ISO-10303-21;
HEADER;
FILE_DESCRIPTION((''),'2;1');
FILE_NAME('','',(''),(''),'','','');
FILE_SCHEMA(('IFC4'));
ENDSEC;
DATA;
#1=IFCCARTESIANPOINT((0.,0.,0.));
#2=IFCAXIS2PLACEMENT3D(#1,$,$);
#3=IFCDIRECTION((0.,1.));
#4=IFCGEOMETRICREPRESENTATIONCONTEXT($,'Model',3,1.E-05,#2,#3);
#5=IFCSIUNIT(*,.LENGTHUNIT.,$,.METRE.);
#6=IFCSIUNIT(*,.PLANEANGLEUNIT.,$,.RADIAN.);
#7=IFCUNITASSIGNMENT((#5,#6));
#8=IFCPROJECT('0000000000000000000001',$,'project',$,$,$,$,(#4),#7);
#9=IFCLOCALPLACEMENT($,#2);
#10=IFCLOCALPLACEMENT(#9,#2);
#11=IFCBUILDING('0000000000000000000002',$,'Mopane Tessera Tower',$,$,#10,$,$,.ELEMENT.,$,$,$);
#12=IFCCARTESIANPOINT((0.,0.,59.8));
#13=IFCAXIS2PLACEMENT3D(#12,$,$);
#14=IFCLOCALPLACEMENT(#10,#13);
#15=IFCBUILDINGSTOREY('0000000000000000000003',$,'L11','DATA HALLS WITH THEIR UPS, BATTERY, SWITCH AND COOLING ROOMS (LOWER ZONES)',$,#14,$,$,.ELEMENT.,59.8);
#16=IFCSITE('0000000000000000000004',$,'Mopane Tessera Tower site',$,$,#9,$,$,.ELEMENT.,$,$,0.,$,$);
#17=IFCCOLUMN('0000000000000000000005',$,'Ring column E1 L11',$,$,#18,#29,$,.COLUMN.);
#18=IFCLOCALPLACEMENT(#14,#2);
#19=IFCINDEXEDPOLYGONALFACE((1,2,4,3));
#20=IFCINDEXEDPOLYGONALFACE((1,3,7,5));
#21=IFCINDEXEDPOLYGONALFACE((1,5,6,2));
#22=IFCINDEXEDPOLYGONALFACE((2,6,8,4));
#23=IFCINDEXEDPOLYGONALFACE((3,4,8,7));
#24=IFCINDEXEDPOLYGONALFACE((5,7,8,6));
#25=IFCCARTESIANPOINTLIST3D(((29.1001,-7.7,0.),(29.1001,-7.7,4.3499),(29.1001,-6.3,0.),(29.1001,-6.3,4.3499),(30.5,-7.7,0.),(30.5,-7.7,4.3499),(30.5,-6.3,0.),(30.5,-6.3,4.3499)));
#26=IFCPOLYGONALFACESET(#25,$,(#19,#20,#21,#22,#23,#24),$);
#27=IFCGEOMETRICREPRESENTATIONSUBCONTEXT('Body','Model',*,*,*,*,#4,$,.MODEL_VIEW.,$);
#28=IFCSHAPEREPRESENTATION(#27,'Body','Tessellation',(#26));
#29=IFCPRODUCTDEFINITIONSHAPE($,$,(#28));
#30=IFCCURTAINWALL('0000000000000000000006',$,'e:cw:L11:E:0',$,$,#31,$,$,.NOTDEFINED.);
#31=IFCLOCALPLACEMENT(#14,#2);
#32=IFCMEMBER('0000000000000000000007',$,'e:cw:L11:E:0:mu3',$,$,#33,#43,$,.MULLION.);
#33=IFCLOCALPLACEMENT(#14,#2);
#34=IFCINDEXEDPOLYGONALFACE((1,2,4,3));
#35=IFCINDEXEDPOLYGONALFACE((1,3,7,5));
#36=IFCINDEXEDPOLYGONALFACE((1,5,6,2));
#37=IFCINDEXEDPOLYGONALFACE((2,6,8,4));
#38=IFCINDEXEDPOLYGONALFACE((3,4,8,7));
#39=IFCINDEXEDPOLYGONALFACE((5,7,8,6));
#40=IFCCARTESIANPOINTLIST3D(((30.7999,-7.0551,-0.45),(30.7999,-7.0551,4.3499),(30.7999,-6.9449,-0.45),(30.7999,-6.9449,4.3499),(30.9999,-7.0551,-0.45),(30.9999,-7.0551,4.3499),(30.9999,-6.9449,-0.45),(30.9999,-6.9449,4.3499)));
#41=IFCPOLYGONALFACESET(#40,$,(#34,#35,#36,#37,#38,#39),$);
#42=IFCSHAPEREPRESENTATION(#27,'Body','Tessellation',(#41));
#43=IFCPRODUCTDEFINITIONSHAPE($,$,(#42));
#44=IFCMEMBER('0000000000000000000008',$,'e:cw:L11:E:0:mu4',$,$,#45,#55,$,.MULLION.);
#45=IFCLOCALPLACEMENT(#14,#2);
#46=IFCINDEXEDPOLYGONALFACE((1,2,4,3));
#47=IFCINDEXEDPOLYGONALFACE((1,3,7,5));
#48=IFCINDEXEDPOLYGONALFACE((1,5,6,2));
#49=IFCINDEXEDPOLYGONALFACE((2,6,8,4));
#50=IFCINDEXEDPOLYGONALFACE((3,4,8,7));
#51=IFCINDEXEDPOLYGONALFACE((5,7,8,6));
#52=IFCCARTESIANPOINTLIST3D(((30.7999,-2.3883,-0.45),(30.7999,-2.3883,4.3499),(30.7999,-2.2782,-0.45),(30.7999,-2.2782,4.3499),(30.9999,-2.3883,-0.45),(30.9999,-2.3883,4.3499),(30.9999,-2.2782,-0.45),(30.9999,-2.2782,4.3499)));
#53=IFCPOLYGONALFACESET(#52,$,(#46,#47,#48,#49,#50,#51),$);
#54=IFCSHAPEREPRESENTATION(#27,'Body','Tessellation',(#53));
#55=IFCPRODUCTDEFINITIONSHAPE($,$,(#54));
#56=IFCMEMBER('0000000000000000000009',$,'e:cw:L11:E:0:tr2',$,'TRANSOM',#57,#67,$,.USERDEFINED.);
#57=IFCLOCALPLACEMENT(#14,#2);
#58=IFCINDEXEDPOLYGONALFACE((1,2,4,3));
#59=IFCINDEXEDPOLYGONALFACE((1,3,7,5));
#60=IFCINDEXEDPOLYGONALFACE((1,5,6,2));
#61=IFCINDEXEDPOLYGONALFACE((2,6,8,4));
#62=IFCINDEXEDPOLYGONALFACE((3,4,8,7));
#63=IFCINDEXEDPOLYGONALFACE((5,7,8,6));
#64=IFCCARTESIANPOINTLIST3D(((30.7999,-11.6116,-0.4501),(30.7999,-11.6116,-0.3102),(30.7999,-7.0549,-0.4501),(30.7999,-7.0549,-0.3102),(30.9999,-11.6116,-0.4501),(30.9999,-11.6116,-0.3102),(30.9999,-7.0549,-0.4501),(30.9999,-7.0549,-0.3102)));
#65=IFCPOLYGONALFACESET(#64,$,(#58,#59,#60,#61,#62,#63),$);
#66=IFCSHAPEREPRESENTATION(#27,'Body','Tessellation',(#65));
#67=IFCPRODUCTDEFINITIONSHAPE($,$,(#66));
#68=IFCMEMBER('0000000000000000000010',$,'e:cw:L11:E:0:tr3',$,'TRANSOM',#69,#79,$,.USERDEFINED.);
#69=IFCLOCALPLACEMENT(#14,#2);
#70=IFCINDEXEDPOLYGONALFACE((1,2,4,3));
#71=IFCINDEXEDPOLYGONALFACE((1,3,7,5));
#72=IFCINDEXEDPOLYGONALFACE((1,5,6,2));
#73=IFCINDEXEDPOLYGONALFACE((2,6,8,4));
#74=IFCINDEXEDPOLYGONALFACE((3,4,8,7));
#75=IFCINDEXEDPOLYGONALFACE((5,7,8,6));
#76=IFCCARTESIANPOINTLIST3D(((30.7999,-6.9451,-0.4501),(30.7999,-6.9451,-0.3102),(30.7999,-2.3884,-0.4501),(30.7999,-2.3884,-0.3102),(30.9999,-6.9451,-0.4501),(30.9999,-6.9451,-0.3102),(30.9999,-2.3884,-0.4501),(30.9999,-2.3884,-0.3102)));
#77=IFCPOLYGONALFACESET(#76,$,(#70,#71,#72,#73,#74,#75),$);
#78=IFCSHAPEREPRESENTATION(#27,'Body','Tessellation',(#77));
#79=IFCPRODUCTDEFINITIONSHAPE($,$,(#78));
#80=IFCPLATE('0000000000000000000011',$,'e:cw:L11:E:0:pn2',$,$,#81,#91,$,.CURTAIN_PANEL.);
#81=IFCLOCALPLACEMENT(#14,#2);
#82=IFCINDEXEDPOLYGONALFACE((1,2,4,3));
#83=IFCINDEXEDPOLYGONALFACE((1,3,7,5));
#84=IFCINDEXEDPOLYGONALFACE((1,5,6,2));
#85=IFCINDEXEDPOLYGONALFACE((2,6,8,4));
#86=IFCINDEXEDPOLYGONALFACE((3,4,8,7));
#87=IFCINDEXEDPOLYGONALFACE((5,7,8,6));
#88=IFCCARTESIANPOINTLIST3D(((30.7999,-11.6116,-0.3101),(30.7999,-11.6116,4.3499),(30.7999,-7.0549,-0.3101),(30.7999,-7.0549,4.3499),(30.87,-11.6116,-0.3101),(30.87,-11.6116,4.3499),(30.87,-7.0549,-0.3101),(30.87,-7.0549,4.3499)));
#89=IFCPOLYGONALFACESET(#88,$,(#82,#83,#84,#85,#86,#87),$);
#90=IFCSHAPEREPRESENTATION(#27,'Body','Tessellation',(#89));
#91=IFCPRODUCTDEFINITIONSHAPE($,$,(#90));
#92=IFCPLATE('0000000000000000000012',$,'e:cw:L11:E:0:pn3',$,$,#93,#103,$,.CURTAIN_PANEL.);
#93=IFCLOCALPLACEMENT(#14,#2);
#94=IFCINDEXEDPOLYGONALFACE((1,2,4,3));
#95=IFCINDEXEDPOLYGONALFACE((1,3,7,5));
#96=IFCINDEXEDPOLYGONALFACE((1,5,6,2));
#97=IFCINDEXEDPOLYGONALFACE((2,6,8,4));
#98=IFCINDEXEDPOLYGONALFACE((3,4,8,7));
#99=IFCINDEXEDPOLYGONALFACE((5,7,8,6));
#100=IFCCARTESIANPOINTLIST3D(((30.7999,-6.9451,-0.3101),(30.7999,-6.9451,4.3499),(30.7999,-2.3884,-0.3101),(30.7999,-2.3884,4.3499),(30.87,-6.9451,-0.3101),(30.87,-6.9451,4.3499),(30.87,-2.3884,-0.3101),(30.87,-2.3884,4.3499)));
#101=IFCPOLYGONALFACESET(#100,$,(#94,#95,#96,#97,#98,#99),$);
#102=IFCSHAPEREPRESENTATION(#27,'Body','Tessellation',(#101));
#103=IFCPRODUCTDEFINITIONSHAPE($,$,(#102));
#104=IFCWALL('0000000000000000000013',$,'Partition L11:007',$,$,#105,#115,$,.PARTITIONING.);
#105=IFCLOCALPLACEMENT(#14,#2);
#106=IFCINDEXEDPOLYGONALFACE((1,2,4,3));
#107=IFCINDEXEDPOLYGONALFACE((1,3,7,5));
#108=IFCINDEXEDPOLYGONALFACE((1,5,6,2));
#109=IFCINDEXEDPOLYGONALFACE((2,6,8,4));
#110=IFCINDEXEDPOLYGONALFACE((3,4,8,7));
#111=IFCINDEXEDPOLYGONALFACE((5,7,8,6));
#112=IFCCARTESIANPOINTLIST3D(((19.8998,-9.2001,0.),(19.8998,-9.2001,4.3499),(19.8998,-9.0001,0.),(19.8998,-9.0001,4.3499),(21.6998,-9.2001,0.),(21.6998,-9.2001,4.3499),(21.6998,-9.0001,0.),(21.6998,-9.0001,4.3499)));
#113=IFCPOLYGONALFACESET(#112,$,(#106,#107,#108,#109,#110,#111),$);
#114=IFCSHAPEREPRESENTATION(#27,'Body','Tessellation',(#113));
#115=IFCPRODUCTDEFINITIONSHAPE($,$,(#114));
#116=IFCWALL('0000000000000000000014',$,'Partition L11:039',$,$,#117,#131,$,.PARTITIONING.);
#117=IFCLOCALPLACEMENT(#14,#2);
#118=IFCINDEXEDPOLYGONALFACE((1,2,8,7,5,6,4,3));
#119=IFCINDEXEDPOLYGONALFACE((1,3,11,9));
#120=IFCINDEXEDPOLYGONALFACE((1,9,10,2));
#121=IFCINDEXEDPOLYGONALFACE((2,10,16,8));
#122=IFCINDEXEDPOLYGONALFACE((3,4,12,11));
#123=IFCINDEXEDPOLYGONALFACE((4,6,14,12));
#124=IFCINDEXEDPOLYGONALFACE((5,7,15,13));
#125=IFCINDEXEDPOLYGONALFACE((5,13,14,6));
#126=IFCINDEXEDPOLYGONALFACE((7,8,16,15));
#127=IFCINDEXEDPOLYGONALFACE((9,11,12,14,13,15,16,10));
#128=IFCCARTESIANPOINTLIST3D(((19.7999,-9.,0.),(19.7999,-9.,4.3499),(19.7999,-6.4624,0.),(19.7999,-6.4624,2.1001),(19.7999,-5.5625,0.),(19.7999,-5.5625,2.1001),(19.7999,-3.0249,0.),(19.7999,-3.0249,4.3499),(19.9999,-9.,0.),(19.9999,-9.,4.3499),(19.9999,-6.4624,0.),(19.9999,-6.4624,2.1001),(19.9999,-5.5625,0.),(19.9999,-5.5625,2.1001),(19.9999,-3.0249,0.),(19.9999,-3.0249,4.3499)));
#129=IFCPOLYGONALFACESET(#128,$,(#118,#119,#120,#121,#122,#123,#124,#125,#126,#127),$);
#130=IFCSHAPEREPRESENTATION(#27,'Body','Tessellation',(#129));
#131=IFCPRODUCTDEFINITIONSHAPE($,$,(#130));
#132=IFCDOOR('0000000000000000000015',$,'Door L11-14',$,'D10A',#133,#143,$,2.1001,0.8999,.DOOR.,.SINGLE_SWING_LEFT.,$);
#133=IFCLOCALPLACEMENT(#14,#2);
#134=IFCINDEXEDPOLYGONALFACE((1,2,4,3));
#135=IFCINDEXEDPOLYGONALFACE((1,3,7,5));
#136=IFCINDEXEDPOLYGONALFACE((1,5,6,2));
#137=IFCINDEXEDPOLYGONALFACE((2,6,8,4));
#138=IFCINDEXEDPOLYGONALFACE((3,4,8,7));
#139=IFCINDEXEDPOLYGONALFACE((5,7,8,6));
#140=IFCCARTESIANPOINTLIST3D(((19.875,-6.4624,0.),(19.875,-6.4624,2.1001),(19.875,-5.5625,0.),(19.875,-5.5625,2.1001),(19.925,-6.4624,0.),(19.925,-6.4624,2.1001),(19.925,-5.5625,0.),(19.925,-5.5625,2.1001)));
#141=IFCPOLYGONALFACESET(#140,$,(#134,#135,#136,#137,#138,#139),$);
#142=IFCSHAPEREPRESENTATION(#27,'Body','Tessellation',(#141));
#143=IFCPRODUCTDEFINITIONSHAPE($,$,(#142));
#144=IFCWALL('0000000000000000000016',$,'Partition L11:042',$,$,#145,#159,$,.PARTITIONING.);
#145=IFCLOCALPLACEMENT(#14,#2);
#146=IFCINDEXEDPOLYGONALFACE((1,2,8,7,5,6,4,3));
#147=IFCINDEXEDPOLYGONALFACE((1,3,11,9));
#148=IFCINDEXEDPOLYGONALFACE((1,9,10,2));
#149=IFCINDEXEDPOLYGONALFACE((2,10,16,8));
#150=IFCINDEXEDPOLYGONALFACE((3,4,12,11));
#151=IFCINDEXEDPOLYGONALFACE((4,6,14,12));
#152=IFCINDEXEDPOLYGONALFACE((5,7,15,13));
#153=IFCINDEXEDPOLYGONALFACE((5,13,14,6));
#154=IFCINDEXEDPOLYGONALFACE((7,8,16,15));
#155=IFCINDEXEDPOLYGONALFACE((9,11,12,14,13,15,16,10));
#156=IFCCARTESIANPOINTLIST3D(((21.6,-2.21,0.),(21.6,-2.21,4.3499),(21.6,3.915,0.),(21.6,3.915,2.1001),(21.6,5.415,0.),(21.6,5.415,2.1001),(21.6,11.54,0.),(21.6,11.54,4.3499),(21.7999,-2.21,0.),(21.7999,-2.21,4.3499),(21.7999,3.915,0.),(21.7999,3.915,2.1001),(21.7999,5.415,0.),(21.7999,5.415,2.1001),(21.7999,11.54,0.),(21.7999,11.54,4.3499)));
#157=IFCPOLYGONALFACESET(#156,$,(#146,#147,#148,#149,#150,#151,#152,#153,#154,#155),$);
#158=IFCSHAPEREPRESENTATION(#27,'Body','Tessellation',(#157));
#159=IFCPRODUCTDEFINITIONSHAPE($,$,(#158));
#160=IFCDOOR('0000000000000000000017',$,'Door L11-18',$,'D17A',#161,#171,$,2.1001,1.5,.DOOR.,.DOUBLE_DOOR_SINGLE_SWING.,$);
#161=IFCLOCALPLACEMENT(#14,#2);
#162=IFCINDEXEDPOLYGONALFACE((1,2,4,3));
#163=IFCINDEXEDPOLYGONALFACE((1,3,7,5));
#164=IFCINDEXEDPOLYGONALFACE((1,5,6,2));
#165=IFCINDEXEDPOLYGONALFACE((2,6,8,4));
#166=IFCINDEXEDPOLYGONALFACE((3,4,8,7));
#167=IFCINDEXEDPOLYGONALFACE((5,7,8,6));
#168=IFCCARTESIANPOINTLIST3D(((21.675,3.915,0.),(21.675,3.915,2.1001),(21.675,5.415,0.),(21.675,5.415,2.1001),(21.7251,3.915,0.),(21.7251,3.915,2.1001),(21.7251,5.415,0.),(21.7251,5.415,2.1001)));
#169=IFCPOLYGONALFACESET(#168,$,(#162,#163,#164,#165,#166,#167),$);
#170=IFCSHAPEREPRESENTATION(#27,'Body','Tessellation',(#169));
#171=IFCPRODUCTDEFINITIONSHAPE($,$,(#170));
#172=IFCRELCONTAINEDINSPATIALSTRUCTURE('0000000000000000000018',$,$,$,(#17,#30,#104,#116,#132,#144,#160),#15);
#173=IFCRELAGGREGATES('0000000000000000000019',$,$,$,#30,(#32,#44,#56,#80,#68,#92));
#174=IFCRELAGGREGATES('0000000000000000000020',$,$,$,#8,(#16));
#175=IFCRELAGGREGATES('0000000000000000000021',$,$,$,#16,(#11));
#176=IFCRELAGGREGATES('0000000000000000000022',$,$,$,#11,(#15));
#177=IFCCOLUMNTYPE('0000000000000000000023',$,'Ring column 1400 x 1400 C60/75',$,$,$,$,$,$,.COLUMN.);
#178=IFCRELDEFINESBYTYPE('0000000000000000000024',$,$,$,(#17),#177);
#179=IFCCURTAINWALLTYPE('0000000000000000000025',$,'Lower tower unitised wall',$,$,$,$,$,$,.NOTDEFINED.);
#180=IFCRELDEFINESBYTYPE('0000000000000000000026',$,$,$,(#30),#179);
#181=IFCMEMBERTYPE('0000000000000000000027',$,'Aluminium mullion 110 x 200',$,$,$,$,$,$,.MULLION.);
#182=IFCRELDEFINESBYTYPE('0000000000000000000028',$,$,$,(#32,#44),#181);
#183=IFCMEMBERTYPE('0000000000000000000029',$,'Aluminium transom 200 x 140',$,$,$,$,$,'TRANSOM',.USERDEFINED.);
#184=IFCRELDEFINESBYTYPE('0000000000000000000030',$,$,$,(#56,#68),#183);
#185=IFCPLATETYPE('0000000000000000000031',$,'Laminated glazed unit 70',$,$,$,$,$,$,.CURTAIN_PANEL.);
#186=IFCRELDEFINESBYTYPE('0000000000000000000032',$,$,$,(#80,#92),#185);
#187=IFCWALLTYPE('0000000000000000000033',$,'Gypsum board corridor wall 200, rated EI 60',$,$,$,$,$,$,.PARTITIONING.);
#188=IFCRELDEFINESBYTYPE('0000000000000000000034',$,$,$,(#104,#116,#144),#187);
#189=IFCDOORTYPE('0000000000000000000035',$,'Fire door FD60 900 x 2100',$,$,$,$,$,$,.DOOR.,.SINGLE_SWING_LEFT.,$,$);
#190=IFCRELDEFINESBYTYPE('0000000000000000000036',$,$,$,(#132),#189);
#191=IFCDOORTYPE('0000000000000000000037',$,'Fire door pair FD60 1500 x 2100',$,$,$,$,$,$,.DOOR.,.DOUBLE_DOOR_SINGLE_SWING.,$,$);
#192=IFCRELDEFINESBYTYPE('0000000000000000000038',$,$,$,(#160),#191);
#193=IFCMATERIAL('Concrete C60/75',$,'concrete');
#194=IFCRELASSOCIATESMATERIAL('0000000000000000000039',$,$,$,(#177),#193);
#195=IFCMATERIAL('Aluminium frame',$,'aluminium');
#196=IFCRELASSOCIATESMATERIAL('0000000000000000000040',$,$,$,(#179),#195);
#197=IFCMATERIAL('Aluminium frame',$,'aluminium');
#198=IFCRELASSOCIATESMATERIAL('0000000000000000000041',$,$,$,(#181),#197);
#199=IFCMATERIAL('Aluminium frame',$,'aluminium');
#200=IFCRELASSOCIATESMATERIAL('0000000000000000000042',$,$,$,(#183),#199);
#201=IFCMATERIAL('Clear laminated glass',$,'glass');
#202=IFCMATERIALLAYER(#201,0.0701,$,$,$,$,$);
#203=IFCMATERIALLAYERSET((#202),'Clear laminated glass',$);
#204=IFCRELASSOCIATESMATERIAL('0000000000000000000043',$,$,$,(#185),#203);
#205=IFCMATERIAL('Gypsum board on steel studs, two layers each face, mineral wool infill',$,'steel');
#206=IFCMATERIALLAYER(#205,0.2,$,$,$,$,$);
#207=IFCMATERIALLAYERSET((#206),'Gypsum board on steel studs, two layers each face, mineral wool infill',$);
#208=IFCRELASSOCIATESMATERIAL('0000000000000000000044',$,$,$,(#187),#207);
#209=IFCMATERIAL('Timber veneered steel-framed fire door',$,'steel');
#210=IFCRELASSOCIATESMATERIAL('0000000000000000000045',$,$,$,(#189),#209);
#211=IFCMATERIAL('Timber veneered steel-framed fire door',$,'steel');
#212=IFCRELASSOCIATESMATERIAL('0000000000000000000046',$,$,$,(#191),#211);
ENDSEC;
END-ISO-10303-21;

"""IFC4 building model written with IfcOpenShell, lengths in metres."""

from ifc_helpers import new_model, si_unit, direction, frame, frame_2d, origin, origin_2d, place, context, subcontext, project, spatial, rectangle, extrude, material, layer, layer_set, material_profile, profile_set, type_object, element, fill, aggregate, save


model = new_model("IFC4")

# Units and contexts
model_context = context("Model", 3, precision=1e-05, world=origin(), true_north=direction((0.0, 1.0)))
body_context = subcontext(model_context, "Body", "Model", "MODEL_VIEW")
ifc_project = project(units=[si_unit("LENGTHUNIT", "METRE"), si_unit("PLANEANGLEUNIT", "RADIAN")], contexts=[model_context])

# Site, building, storey
site_placement = place(None, origin())
site = spatial("IfcSite", under=ifc_project, at=site_placement, Name="Mopane Tessera Tower site", CompositionType="ELEMENT", RefElevation=0.0)
building_placement = place(site_placement, origin())
building = spatial("IfcBuilding", under=site, at=building_placement, Name="Mopane Tessera Tower", CompositionType="ELEMENT")
storey_placement = place(building_placement, frame((0.0, 0.0, 59.8)))
storey = spatial("IfcBuildingStorey", under=building, at=storey_placement, Name="L11", Description="DATA HALLS WITH THEIR UPS, BATTERY, SWITCH AND COOLING ROOMS (LOWER ZONES)", CompositionType="ELEMENT", Elevation=59.8)

# Column
ifc_material_1 = material(Name="Concrete C60/75", Category="concrete")
ifc_material_profile_1 = material_profile(ifc_material_1, rectangle(XDim=1.3999, YDim=1.3999, at=origin_2d()))
ifc_profile_set_1 = profile_set([ifc_material_profile_1], Name="Concrete C60/75")
column_type = type_object("IfcColumnType", Name="Ring column 1400 x 1400 C60/75", PredefinedType="COLUMN", material=ifc_profile_set_1)
column_placement = place(storey_placement, frame((29.8, -7.0, 0.0), z_axis=(0.0, 0.0, 1.0), x_axis=(1.0, 0.0, 0.0)))
element("IfcColumn", 1, at=column_placement, inside=storey, type_object=column_type, Name="Ring column E1 L11", PredefinedType="COLUMN", context=body_context, shape_type="SweptSolid", body=[
    extrude(rectangle(XDim=1.3999, YDim=1.3999, at=origin_2d()), origin(), (0.0, 0.0, 1.0), 4.3499),
])

# Curtain wall, members, plates
ifc_material_2 = material(Name="Aluminium frame", Category="aluminium")
curtain_wall_type = type_object("IfcCurtainWallType", Name="Lower tower unitised wall", PredefinedType="NOTDEFINED", material=ifc_material_2)
curtain_wall_placement = place(storey_placement, origin())
curtain_wall = element("IfcCurtainWall", 2, at=curtain_wall_placement, inside=storey, type_object=curtain_wall_type, Name="e:cw:L11:E:0", PredefinedType="NOTDEFINED")
ifc_material_3 = material(Name="Aluminium frame", Category="aluminium")
ifc_material_profile_2 = material_profile(ifc_material_3, rectangle(XDim=0.1101, YDim=0.2, at=origin_2d()))
ifc_profile_set_2 = profile_set([ifc_material_profile_2], Name="Aluminium frame")
member_type_1 = type_object("IfcMemberType", Name="Aluminium mullion 110 x 200", PredefinedType="MULLION", material=ifc_profile_set_2)
member_1_placement = place(storey_placement, frame((30.8999, -7.0, -0.45), z_axis=(0.0, 0.0, 1.0), x_axis=(0.0, 1.0, 0.0)))
member_1 = element("IfcMember", 3, at=member_1_placement, type_object=member_type_1, Name="e:cw:L11:E:0:mu3", PredefinedType="MULLION", context=body_context, shape_type="SweptSolid", body=[
    extrude(rectangle(XDim=0.1101, YDim=0.2, at=origin_2d()), origin(), (0.0, 0.0, 1.0), 4.7998),
])
member_2_placement = place(storey_placement, frame((30.8999, -2.3333, -0.45), z_axis=(0.0, 0.0, 1.0), x_axis=(0.0, 1.0, 0.0)))
member_2 = element("IfcMember", 4, at=member_2_placement, type_object=member_type_1, Name="e:cw:L11:E:0:mu4", PredefinedType="MULLION", context=body_context, shape_type="SweptSolid", body=[
    extrude(rectangle(XDim=0.1101, YDim=0.2, at=origin_2d()), origin(), (0.0, 0.0, 1.0), 4.7998),
])
ifc_material_4 = material(Name="Aluminium frame", Category="aluminium")
ifc_material_profile_3 = material_profile(ifc_material_4, rectangle(XDim=0.2, YDim=0.1399, at=origin_2d()))
ifc_profile_set_3 = profile_set([ifc_material_profile_3], Name="Aluminium frame")
member_type_2 = type_object("IfcMemberType", Name="Aluminium transom 200 x 140", ElementType="TRANSOM", PredefinedType="USERDEFINED", material=ifc_profile_set_3)
member_3_placement = place(storey_placement, frame((30.8999, -11.6116, -0.3801), z_axis=(0.0, 1.0, 0.0), x_axis=(-1.0, 0.0, 0.0)))
member_3 = element("IfcMember", 5, at=member_3_placement, type_object=member_type_2, Name="e:cw:L11:E:0:tr2", ObjectType="TRANSOM", PredefinedType="USERDEFINED", context=body_context, shape_type="SweptSolid", body=[
    extrude(rectangle(XDim=0.2, YDim=0.1399, at=origin_2d()), origin(), (0.0, 0.0, 1.0), 4.5566),
])
member_4_placement = place(storey_placement, frame((30.8999, -6.9451, -0.3801), z_axis=(0.0, 1.0, 0.0), x_axis=(-1.0, 0.0, 0.0)))
member_4 = element("IfcMember", 6, at=member_4_placement, type_object=member_type_2, Name="e:cw:L11:E:0:tr3", ObjectType="TRANSOM", PredefinedType="USERDEFINED", context=body_context, shape_type="SweptSolid", body=[
    extrude(rectangle(XDim=0.2, YDim=0.1399, at=origin_2d()), origin(), (0.0, 0.0, 1.0), 4.5566),
])
ifc_material_5 = material(Name="Clear laminated glass", Category="glass")
ifc_layer_1 = layer(ifc_material_5, 0.0701)
ifc_layer_set_1 = layer_set([ifc_layer_1], Name="Clear laminated glass")
plate_type = type_object("IfcPlateType", Name="Laminated glazed unit 70", PredefinedType="CURTAIN_PANEL", material=ifc_layer_set_1)
plate_1_placement = place(storey_placement, frame((30.835, -9.3333, -0.3101), z_axis=(0.0, 0.0, 1.0), x_axis=(0.0, 1.0, 0.0)))
plate_1 = element("IfcPlate", 7, at=plate_1_placement, type_object=plate_type, Name="e:cw:L11:E:0:pn2", PredefinedType="CURTAIN_PANEL", context=body_context, shape_type="SweptSolid", body=[
    extrude(rectangle(XDim=4.5566, YDim=0.0701, at=origin_2d()), origin(), (0.0, 0.0, 1.0), 4.6599),
])
plate_2_placement = place(storey_placement, frame((30.835, -4.6667, -0.3101), z_axis=(0.0, 0.0, 1.0), x_axis=(0.0, 1.0, 0.0)))
plate_2 = element("IfcPlate", 8, at=plate_2_placement, type_object=plate_type, Name="e:cw:L11:E:0:pn3", PredefinedType="CURTAIN_PANEL", context=body_context, shape_type="SweptSolid", body=[
    extrude(rectangle(XDim=4.5566, YDim=0.0701, at=origin_2d()), origin(), (0.0, 0.0, 1.0), 4.6599),
])
aggregate(curtain_wall, [member_1, member_2, member_3, plate_1, member_4, plate_2])

# Wall
ifc_material_6 = material(Name="Gypsum board on steel studs, two layers each face, mineral wool infill", Category="steel")
ifc_layer_2 = layer(ifc_material_6, 0.2)
ifc_layer_set_2 = layer_set([ifc_layer_2], Name="Gypsum board on steel studs, two layers each face, mineral wool infill")
wall_type_1 = type_object("IfcWallType", Name="Gypsum board corridor wall 200, rated EI 60", PredefinedType="PARTITIONING", material=ifc_layer_set_2)
wall_1_placement = place(storey_placement, frame((19.8999, -9.1001, 0.0), z_axis=(0.0, 0.0, 1.0), x_axis=(1.0, 0.0, 0.0)))
element("IfcWall", 9, at=wall_1_placement, inside=storey, type_object=wall_type_1, Name="Partition L11:007", PredefinedType="PARTITIONING", context=body_context, shape_type="SweptSolid", body=[
    extrude(rectangle(XDim=1.8, YDim=0.2, at=frame_2d((0.8999, 0.0))), origin(), (0.0, 0.0, 1.0), 4.3499),
])

# Walls, openings, doors
wall_2_placement = place(storey_placement, frame((19.8999, -9.0, 0.0), z_axis=(0.0, 0.0, 1.0), x_axis=(0.0, 1.0, 0.0)))
wall_2 = element("IfcWall", 10, at=wall_2_placement, inside=storey, type_object=wall_type_1, Name="Partition L11:039", PredefinedType="PARTITIONING", context=body_context, shape_type="SweptSolid", body=[
    extrude(rectangle(XDim=5.9751, YDim=0.2, at=frame_2d((2.9875, 0.0))), origin(), (0.0, 0.0, 1.0), 4.3499),
])
opening_1_placement = place(wall_2_placement, frame((2.5376, 0.0, 0.0)))
opening_1 = element("IfcOpeningElement", 11, at=opening_1_placement, cuts=wall_2, PredefinedType="OPENING", context=body_context, shape_type="SweptSolid", body=[
    extrude(rectangle(XDim=0.8999, YDim=2.1001, at=frame_2d((0.45, 1.05))), frame((0.0, 0.1121, 0.0), z_axis=(0.0, -1.0, 0.0), x_axis=(1.0, 0.0, 0.0)), (0.0, 0.0, 1.0), 0.2239),
])
ifc_material_7 = material(Name="Timber veneered steel-framed fire door", Category="steel")
door_type_1 = type_object("IfcDoorType", Name="Fire door FD60 900 x 2100", OperationType="SINGLE_SWING_LEFT", PredefinedType="DOOR", material=ifc_material_7)
door_1_placement = place(opening_1_placement, origin())
door_1 = element("IfcDoor", 12, at=door_1_placement, inside=storey, type_object=door_type_1, Name="Door L11-14", ObjectType="D10A", OperationType="SINGLE_SWING_LEFT", OverallHeight=2.1001, OverallWidth=0.8999, PredefinedType="DOOR", context=body_context, shape_type="SweptSolid", body=[
    extrude(rectangle(XDim=0.8999, YDim=2.1001, at=frame_2d((0.45, 1.05))), frame((0.0, 0.0249, 0.0), z_axis=(0.0, -1.0, 0.0), x_axis=(1.0, 0.0, 0.0)), (0.0, 0.0, 1.0), 0.05),
])
fill(opening_1, door_1)
wall_3_placement = place(storey_placement, frame((21.7, -2.21, 0.0), z_axis=(0.0, 0.0, 1.0), x_axis=(0.0, 1.0, 0.0)))
wall_3 = element("IfcWall", 13, at=wall_3_placement, inside=storey, type_object=wall_type_1, Name="Partition L11:042", PredefinedType="PARTITIONING", context=body_context, shape_type="SweptSolid", body=[
    extrude(rectangle(XDim=13.75, YDim=0.2, at=frame_2d((6.875, 0.0))), origin(), (0.0, 0.0, 1.0), 4.3499),
])
opening_2_placement = place(wall_3_placement, frame((6.125, 0.0, 0.0)))
opening_2 = element("IfcOpeningElement", 14, at=opening_2_placement, cuts=wall_3, PredefinedType="OPENING", context=body_context, shape_type="SweptSolid", body=[
    extrude(rectangle(XDim=1.5, YDim=2.1001, at=frame_2d((0.75, 1.05))), frame((0.0, 0.1121, 0.0), z_axis=(0.0, -1.0, 0.0), x_axis=(1.0, 0.0, 0.0)), (0.0, 0.0, 1.0), 0.2239),
])
ifc_material_8 = material(Name="Timber veneered steel-framed fire door", Category="steel")
door_type_2 = type_object("IfcDoorType", Name="Fire door pair FD60 1500 x 2100", OperationType="DOUBLE_DOOR_SINGLE_SWING", PredefinedType="DOOR", material=ifc_material_8)
door_2_placement = place(opening_2_placement, origin())
door_2 = element("IfcDoor", 15, at=door_2_placement, inside=storey, type_object=door_type_2, Name="Door L11-18", ObjectType="D17A", OperationType="DOUBLE_DOOR_SINGLE_SWING", OverallHeight=2.1001, OverallWidth=1.5, PredefinedType="DOOR", context=body_context, shape_type="SweptSolid", body=[
    extrude(rectangle(XDim=1.5, YDim=2.1001, at=frame_2d((0.75, 1.05))), frame((0.0, 0.0249, 0.0), z_axis=(0.0, -1.0, 0.0), x_axis=(1.0, 0.0, 0.0)), (0.0, 0.0, 1.0), 0.05),
])
fill(opening_2, door_2)

save(model, "model.ifc")
